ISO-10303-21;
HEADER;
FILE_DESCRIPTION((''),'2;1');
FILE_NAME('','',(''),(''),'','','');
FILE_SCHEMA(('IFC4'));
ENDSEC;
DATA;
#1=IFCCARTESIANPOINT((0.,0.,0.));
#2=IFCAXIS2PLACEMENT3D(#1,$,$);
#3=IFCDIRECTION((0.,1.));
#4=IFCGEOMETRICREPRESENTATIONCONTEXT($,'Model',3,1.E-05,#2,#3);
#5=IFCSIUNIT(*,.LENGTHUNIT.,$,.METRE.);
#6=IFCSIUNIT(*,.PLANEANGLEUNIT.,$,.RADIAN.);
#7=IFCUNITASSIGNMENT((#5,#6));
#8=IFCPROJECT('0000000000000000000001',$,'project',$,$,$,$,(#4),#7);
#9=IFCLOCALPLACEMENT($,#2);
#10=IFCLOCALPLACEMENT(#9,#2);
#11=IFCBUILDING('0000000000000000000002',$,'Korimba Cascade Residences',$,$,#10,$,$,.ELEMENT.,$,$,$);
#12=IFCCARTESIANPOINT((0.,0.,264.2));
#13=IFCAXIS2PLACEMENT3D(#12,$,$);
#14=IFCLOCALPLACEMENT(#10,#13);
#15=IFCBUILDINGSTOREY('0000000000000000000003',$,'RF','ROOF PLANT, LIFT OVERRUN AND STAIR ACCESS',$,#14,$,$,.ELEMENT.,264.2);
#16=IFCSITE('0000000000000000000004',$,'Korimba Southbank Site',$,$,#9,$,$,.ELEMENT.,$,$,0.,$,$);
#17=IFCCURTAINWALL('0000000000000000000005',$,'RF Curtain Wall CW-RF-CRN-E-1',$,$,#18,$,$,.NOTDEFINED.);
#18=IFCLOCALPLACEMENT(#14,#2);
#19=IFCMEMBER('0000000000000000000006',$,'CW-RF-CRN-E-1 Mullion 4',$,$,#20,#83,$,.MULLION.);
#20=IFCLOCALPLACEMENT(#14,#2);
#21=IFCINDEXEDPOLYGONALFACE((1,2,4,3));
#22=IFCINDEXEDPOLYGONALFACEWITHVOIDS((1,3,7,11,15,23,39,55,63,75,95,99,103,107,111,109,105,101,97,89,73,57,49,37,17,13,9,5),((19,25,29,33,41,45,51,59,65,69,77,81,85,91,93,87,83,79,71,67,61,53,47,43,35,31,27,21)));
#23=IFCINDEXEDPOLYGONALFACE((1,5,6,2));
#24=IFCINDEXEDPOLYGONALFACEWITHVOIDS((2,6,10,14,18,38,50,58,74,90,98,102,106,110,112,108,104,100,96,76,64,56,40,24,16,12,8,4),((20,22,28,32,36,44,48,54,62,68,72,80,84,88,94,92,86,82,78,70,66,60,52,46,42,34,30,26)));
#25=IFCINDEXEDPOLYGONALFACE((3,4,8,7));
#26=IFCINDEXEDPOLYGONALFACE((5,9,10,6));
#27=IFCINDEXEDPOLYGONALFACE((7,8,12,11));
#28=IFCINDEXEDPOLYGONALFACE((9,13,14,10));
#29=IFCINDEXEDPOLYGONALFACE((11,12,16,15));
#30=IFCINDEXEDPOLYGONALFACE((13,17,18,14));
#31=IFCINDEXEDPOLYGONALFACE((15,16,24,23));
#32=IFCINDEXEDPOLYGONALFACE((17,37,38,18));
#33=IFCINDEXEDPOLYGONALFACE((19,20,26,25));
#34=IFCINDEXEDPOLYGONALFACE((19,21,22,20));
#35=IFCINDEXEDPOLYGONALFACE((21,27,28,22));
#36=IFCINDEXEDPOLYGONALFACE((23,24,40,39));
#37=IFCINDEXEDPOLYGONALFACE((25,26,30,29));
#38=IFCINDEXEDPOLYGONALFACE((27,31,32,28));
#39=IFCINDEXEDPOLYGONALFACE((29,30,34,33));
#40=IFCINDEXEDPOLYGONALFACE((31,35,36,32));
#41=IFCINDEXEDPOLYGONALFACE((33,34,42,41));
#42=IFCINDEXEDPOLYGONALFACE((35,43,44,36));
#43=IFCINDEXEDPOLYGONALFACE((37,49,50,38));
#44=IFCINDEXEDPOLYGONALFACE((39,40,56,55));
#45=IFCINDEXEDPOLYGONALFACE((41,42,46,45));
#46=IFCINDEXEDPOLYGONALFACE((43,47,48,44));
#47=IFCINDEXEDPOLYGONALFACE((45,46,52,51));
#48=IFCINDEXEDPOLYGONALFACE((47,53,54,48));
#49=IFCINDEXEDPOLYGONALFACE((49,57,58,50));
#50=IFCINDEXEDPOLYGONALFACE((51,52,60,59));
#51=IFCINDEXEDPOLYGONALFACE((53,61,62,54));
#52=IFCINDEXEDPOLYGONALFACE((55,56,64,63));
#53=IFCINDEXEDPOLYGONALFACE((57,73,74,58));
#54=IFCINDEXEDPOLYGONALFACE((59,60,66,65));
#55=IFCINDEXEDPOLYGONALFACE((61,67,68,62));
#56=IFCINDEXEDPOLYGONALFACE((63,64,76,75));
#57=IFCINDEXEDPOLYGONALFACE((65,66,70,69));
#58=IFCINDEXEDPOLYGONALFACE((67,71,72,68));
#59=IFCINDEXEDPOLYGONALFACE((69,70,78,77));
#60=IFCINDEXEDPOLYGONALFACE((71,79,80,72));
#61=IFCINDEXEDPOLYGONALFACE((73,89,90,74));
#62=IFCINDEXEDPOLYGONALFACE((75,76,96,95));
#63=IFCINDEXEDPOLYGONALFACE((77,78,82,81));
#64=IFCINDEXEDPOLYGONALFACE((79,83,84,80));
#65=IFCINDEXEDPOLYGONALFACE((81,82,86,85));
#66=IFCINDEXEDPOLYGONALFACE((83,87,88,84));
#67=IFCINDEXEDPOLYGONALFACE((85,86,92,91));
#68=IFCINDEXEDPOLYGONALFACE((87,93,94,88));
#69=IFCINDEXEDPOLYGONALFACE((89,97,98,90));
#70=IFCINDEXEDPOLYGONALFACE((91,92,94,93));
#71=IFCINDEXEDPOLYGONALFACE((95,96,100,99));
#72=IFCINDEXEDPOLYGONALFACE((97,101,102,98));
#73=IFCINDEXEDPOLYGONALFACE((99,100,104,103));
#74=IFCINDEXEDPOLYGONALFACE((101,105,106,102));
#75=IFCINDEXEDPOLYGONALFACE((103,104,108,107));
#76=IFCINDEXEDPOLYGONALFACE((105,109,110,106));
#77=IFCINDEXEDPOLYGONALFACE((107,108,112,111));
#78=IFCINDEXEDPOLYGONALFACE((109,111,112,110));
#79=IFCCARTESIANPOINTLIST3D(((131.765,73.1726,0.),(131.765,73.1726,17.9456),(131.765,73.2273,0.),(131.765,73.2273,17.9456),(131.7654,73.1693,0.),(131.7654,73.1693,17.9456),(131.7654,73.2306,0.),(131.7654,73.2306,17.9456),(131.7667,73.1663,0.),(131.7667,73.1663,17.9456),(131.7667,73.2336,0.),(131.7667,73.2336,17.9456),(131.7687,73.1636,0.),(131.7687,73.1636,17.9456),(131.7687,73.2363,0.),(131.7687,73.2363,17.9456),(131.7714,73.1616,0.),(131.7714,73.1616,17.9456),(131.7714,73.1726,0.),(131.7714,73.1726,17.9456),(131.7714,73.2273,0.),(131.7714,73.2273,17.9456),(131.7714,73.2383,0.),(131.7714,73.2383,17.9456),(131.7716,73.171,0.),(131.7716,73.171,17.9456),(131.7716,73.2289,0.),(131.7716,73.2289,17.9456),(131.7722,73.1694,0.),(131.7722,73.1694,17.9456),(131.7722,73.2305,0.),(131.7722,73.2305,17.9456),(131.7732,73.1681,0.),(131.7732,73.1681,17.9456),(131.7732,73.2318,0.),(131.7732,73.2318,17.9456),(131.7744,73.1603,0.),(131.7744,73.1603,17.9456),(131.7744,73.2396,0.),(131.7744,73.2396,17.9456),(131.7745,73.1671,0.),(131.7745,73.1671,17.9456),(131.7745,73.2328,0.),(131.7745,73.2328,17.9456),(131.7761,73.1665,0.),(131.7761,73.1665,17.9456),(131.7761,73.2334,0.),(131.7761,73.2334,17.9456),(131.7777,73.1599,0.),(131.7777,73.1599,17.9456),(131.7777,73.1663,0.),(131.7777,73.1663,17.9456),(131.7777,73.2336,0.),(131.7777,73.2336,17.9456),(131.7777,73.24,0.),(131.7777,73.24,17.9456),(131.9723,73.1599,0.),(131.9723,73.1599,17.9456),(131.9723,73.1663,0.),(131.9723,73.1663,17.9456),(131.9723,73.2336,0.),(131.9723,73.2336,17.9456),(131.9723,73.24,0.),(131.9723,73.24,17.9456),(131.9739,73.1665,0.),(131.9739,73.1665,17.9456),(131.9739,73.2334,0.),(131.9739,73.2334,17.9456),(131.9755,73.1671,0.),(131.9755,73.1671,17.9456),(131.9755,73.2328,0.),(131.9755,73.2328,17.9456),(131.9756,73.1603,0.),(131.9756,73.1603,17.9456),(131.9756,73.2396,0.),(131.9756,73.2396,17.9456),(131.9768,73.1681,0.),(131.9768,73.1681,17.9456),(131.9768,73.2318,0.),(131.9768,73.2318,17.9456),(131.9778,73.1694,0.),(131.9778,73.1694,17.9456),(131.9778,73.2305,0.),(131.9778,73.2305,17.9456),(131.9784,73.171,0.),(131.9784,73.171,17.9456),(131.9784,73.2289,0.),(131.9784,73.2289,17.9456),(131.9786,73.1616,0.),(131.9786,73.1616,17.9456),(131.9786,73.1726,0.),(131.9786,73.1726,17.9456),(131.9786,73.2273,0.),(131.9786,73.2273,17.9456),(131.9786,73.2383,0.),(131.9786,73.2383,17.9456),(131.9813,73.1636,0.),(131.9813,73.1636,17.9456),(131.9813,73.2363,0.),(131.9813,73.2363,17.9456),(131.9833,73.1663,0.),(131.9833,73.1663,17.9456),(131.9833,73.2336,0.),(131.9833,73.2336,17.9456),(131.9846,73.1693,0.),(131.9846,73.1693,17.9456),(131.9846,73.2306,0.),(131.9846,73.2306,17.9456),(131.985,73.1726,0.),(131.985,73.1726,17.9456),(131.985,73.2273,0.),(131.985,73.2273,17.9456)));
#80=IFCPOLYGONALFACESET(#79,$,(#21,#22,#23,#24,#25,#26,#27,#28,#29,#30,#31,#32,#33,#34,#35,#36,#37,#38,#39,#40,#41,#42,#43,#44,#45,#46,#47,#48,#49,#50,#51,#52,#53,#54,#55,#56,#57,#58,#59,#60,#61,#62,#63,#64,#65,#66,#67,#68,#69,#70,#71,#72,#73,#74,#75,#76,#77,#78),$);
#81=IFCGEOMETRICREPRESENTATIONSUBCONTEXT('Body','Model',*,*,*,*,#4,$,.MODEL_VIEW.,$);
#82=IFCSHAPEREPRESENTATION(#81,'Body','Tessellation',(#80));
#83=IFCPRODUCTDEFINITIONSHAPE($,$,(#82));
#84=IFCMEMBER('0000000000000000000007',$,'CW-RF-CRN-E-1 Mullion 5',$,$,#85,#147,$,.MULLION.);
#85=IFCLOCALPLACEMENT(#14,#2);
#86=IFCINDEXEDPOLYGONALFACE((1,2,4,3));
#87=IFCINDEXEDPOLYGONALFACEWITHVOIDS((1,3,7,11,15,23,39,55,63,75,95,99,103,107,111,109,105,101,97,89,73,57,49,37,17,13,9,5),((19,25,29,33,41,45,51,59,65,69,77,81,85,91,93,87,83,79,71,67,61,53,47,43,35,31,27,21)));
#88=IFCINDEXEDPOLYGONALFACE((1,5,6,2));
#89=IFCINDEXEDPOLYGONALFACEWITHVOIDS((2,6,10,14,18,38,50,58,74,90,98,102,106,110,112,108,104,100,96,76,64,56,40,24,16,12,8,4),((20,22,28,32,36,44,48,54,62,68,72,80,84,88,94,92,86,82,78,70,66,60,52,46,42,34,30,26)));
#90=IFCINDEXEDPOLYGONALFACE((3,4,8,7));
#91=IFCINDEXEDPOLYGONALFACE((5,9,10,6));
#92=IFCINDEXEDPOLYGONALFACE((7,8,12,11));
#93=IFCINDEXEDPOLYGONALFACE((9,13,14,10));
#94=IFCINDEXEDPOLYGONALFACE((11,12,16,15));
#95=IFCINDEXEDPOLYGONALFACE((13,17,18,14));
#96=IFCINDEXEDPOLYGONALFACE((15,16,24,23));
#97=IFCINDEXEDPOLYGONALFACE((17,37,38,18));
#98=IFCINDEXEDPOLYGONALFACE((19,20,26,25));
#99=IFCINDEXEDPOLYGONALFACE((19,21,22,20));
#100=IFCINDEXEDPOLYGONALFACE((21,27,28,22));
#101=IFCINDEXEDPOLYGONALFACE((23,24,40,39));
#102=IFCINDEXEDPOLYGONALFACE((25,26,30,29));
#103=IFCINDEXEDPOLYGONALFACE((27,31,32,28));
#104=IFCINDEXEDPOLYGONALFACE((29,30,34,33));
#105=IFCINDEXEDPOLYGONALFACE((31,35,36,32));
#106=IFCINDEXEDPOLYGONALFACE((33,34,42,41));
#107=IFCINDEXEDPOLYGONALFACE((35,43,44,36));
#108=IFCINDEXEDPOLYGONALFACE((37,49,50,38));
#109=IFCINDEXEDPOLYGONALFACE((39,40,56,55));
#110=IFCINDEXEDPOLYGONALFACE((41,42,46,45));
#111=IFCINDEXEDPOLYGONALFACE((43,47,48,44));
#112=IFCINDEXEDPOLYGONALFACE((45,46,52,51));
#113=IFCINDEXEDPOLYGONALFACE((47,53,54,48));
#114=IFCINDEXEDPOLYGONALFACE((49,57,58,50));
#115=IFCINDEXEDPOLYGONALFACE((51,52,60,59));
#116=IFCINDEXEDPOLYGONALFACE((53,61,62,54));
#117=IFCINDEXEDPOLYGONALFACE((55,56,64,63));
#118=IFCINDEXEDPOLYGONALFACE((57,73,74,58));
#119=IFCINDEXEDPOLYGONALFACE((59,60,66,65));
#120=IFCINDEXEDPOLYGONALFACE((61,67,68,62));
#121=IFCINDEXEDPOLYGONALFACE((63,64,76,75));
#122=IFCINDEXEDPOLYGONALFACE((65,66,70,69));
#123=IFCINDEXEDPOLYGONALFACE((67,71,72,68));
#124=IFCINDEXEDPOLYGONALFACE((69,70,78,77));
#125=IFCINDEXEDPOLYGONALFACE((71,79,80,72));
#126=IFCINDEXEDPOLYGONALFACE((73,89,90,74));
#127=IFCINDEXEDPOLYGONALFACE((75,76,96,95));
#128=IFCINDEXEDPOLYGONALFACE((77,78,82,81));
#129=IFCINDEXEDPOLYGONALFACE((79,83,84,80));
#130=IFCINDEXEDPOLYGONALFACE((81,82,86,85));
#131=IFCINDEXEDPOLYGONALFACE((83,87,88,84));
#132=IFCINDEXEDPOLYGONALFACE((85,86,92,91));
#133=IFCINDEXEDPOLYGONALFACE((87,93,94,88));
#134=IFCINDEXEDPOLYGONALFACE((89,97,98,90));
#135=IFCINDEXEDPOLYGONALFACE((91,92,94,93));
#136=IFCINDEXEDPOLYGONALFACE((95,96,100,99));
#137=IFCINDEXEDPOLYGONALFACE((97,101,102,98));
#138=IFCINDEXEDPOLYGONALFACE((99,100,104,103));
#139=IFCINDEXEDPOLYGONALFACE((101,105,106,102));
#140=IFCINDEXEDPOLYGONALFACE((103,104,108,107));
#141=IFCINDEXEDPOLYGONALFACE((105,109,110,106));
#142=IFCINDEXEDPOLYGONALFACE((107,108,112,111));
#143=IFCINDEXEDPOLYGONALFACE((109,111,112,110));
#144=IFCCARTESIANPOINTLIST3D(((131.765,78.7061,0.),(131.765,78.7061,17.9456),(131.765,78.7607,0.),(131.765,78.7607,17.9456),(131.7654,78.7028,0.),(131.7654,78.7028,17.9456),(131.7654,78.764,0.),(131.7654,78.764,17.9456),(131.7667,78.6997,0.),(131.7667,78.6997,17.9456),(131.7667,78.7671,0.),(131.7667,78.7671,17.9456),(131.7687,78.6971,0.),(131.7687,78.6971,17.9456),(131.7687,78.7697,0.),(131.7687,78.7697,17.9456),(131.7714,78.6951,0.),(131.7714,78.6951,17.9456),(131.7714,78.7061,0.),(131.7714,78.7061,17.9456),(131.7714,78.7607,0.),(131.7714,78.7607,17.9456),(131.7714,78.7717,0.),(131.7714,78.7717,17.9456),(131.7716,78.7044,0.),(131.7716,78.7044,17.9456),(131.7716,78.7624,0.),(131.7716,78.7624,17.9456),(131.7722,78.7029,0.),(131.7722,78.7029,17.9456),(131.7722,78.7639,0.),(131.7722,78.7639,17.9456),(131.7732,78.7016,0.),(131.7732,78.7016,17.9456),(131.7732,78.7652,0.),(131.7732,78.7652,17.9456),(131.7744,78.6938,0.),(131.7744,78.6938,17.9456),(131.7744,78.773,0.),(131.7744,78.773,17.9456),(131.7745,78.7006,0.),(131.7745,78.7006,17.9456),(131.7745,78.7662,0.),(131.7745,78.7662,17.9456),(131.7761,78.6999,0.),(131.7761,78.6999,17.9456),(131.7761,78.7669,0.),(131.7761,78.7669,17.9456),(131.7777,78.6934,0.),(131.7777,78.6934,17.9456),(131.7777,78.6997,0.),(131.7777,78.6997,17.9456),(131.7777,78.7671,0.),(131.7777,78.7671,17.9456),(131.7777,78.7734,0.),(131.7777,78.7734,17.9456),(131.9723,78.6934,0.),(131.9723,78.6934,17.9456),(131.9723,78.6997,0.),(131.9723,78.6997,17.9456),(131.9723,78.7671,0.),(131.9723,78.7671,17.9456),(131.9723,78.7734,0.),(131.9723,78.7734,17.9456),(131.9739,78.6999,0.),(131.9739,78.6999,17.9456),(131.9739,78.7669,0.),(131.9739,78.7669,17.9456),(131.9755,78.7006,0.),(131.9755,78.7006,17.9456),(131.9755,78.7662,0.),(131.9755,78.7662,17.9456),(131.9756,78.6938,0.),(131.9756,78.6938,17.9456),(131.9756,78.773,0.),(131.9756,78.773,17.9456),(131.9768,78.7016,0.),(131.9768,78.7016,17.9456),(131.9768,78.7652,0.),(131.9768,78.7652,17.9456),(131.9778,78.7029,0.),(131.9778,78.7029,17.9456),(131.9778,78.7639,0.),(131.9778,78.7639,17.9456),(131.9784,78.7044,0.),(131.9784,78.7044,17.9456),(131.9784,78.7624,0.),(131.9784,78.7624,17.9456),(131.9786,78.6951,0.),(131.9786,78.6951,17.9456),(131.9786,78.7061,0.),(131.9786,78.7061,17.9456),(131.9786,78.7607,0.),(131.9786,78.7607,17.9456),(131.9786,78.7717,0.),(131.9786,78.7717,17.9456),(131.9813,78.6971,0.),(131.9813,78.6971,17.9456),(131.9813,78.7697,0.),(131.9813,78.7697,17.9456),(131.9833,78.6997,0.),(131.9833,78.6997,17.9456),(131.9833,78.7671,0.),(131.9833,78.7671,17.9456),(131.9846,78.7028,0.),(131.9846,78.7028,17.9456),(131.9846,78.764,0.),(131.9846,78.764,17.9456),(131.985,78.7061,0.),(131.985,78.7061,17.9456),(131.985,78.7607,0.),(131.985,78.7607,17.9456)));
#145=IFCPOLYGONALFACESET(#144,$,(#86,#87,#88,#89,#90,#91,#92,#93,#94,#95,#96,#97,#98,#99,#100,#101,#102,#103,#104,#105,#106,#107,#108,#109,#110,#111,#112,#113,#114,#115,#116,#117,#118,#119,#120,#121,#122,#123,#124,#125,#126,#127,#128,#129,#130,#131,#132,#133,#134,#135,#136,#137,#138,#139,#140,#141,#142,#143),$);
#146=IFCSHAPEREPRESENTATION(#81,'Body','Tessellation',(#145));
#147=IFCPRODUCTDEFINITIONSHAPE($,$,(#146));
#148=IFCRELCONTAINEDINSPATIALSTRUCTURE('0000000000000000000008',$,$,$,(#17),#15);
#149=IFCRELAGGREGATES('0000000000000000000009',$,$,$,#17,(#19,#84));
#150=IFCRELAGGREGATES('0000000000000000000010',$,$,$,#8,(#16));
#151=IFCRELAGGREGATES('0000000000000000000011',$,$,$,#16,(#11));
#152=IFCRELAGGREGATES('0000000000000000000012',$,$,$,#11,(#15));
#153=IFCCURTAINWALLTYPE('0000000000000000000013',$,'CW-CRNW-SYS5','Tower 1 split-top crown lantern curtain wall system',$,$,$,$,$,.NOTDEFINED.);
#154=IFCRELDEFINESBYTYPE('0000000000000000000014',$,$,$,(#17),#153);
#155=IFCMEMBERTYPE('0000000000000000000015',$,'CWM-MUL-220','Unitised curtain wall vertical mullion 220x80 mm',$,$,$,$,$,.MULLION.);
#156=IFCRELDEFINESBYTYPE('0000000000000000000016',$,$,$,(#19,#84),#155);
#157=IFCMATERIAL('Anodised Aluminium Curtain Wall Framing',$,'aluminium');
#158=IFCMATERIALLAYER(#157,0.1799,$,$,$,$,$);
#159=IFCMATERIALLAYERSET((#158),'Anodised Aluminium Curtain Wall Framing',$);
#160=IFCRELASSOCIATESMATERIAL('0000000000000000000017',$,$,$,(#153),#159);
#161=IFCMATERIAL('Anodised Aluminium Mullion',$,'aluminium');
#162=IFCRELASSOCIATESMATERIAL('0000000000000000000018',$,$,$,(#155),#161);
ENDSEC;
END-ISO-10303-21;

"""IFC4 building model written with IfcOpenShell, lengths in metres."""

from ifc_helpers import new_model, si_unit, direction, frame, origin, origin_2d, place, context, subcontext, project, spatial, hollow_rectangle, extrude, material, layer, layer_set, material_profile, profile_set, type_object, element, aggregate, save


model = new_model("IFC4")

# Units and contexts
model_context = context("Model", 3, precision=1e-05, world=origin(), true_north=direction((0.0, 1.0)))
body_context = subcontext(model_context, "Body", "Model", "MODEL_VIEW")
ifc_project = project(units=[si_unit("LENGTHUNIT", "METRE"), si_unit("PLANEANGLEUNIT", "RADIAN")], contexts=[model_context])

# Site, building, storey
site_placement = place(None, origin())
site = spatial("IfcSite", under=ifc_project, at=site_placement, Name="Korimba Southbank Site", CompositionType="ELEMENT", RefElevation=0.0)
building_placement = place(site_placement, origin())
building = spatial("IfcBuilding", under=site, at=building_placement, Name="Korimba Cascade Residences", CompositionType="ELEMENT")
storey_placement = place(building_placement, frame((0.0, 0.0, 264.2)))
storey = spatial("IfcBuildingStorey", under=building, at=storey_placement, Name="RF", Description="ROOF PLANT, LIFT OVERRUN AND STAIR ACCESS", CompositionType="ELEMENT", Elevation=264.2)

# Curtain wall, members
ifc_material_1 = material(Name="Anodised Aluminium Curtain Wall Framing", Category="aluminium")
ifc_layer_1 = layer(ifc_material_1, 0.1799)
ifc_layer_set_1 = layer_set([ifc_layer_1], Name="Anodised Aluminium Curtain Wall Framing")
curtain_wall_type = type_object("IfcCurtainWallType", Name="CW-CRNW-SYS5", Description="Tower 1 split-top crown lantern curtain wall system", PredefinedType="NOTDEFINED", material=ifc_layer_set_1)
curtain_wall_placement = place(storey_placement, origin())
curtain_wall = element("IfcCurtainWall", 1, at=curtain_wall_placement, inside=storey, type_object=curtain_wall_type, Name="RF Curtain Wall CW-RF-CRN-E-1", PredefinedType="NOTDEFINED")
ifc_material_2 = material(Name="Anodised Aluminium Mullion", Category="aluminium")
ifc_material_profile_1 = material_profile(ifc_material_2, hollow_rectangle(XDim=0.0801, YDim=0.22, WallThickness=0.0063, InnerFilletRadius=0.0063, OuterFilletRadius=0.0127, at=origin_2d()), Name="Anodised Aluminium Mullion")
ifc_profile_set_1 = profile_set([ifc_material_profile_1], Name="Anodised Aluminium Mullion")
member_type_1 = type_object("IfcMemberType", Name="CWM-MUL-220", Description="Unitised curtain wall vertical mullion 220x80 mm", PredefinedType="MULLION", material=ifc_profile_set_1)
member_1_placement = place(storey_placement, frame((131.875, 73.2, 0.0), z_axis=(0.0, 0.0, 1.0), x_axis=(0.0, 1.0, 0.0)))
member_1 = element("IfcMember", 2, at=member_1_placement, type_object=member_type_1, Name="CW-RF-CRN-E-1 Mullion 4", PredefinedType="MULLION", context=body_context, shape_type="SweptSolid", body=[
    extrude(hollow_rectangle(XDim=0.0801, YDim=0.22, WallThickness=0.0063, InnerFilletRadius=0.0063, OuterFilletRadius=0.0127, at=origin_2d()), origin(), (0.0, 0.0, 1.0), 17.9456),
])
member_2_placement = place(storey_placement, frame((131.875, 78.7334, 0.0), z_axis=(0.0, 0.0, 1.0), x_axis=(0.0, 1.0, 0.0)))
member_2 = element("IfcMember", 3, at=member_2_placement, type_object=member_type_1, Name="CW-RF-CRN-E-1 Mullion 5", PredefinedType="MULLION", context=body_context, shape_type="SweptSolid", body=[
    extrude(hollow_rectangle(XDim=0.0801, YDim=0.22, WallThickness=0.0063, InnerFilletRadius=0.0063, OuterFilletRadius=0.0127, at=origin_2d()), origin(), (0.0, 0.0, 1.0), 17.9456),
])
aggregate(curtain_wall, [member_1, member_2])

save(model, "model.ifc")
